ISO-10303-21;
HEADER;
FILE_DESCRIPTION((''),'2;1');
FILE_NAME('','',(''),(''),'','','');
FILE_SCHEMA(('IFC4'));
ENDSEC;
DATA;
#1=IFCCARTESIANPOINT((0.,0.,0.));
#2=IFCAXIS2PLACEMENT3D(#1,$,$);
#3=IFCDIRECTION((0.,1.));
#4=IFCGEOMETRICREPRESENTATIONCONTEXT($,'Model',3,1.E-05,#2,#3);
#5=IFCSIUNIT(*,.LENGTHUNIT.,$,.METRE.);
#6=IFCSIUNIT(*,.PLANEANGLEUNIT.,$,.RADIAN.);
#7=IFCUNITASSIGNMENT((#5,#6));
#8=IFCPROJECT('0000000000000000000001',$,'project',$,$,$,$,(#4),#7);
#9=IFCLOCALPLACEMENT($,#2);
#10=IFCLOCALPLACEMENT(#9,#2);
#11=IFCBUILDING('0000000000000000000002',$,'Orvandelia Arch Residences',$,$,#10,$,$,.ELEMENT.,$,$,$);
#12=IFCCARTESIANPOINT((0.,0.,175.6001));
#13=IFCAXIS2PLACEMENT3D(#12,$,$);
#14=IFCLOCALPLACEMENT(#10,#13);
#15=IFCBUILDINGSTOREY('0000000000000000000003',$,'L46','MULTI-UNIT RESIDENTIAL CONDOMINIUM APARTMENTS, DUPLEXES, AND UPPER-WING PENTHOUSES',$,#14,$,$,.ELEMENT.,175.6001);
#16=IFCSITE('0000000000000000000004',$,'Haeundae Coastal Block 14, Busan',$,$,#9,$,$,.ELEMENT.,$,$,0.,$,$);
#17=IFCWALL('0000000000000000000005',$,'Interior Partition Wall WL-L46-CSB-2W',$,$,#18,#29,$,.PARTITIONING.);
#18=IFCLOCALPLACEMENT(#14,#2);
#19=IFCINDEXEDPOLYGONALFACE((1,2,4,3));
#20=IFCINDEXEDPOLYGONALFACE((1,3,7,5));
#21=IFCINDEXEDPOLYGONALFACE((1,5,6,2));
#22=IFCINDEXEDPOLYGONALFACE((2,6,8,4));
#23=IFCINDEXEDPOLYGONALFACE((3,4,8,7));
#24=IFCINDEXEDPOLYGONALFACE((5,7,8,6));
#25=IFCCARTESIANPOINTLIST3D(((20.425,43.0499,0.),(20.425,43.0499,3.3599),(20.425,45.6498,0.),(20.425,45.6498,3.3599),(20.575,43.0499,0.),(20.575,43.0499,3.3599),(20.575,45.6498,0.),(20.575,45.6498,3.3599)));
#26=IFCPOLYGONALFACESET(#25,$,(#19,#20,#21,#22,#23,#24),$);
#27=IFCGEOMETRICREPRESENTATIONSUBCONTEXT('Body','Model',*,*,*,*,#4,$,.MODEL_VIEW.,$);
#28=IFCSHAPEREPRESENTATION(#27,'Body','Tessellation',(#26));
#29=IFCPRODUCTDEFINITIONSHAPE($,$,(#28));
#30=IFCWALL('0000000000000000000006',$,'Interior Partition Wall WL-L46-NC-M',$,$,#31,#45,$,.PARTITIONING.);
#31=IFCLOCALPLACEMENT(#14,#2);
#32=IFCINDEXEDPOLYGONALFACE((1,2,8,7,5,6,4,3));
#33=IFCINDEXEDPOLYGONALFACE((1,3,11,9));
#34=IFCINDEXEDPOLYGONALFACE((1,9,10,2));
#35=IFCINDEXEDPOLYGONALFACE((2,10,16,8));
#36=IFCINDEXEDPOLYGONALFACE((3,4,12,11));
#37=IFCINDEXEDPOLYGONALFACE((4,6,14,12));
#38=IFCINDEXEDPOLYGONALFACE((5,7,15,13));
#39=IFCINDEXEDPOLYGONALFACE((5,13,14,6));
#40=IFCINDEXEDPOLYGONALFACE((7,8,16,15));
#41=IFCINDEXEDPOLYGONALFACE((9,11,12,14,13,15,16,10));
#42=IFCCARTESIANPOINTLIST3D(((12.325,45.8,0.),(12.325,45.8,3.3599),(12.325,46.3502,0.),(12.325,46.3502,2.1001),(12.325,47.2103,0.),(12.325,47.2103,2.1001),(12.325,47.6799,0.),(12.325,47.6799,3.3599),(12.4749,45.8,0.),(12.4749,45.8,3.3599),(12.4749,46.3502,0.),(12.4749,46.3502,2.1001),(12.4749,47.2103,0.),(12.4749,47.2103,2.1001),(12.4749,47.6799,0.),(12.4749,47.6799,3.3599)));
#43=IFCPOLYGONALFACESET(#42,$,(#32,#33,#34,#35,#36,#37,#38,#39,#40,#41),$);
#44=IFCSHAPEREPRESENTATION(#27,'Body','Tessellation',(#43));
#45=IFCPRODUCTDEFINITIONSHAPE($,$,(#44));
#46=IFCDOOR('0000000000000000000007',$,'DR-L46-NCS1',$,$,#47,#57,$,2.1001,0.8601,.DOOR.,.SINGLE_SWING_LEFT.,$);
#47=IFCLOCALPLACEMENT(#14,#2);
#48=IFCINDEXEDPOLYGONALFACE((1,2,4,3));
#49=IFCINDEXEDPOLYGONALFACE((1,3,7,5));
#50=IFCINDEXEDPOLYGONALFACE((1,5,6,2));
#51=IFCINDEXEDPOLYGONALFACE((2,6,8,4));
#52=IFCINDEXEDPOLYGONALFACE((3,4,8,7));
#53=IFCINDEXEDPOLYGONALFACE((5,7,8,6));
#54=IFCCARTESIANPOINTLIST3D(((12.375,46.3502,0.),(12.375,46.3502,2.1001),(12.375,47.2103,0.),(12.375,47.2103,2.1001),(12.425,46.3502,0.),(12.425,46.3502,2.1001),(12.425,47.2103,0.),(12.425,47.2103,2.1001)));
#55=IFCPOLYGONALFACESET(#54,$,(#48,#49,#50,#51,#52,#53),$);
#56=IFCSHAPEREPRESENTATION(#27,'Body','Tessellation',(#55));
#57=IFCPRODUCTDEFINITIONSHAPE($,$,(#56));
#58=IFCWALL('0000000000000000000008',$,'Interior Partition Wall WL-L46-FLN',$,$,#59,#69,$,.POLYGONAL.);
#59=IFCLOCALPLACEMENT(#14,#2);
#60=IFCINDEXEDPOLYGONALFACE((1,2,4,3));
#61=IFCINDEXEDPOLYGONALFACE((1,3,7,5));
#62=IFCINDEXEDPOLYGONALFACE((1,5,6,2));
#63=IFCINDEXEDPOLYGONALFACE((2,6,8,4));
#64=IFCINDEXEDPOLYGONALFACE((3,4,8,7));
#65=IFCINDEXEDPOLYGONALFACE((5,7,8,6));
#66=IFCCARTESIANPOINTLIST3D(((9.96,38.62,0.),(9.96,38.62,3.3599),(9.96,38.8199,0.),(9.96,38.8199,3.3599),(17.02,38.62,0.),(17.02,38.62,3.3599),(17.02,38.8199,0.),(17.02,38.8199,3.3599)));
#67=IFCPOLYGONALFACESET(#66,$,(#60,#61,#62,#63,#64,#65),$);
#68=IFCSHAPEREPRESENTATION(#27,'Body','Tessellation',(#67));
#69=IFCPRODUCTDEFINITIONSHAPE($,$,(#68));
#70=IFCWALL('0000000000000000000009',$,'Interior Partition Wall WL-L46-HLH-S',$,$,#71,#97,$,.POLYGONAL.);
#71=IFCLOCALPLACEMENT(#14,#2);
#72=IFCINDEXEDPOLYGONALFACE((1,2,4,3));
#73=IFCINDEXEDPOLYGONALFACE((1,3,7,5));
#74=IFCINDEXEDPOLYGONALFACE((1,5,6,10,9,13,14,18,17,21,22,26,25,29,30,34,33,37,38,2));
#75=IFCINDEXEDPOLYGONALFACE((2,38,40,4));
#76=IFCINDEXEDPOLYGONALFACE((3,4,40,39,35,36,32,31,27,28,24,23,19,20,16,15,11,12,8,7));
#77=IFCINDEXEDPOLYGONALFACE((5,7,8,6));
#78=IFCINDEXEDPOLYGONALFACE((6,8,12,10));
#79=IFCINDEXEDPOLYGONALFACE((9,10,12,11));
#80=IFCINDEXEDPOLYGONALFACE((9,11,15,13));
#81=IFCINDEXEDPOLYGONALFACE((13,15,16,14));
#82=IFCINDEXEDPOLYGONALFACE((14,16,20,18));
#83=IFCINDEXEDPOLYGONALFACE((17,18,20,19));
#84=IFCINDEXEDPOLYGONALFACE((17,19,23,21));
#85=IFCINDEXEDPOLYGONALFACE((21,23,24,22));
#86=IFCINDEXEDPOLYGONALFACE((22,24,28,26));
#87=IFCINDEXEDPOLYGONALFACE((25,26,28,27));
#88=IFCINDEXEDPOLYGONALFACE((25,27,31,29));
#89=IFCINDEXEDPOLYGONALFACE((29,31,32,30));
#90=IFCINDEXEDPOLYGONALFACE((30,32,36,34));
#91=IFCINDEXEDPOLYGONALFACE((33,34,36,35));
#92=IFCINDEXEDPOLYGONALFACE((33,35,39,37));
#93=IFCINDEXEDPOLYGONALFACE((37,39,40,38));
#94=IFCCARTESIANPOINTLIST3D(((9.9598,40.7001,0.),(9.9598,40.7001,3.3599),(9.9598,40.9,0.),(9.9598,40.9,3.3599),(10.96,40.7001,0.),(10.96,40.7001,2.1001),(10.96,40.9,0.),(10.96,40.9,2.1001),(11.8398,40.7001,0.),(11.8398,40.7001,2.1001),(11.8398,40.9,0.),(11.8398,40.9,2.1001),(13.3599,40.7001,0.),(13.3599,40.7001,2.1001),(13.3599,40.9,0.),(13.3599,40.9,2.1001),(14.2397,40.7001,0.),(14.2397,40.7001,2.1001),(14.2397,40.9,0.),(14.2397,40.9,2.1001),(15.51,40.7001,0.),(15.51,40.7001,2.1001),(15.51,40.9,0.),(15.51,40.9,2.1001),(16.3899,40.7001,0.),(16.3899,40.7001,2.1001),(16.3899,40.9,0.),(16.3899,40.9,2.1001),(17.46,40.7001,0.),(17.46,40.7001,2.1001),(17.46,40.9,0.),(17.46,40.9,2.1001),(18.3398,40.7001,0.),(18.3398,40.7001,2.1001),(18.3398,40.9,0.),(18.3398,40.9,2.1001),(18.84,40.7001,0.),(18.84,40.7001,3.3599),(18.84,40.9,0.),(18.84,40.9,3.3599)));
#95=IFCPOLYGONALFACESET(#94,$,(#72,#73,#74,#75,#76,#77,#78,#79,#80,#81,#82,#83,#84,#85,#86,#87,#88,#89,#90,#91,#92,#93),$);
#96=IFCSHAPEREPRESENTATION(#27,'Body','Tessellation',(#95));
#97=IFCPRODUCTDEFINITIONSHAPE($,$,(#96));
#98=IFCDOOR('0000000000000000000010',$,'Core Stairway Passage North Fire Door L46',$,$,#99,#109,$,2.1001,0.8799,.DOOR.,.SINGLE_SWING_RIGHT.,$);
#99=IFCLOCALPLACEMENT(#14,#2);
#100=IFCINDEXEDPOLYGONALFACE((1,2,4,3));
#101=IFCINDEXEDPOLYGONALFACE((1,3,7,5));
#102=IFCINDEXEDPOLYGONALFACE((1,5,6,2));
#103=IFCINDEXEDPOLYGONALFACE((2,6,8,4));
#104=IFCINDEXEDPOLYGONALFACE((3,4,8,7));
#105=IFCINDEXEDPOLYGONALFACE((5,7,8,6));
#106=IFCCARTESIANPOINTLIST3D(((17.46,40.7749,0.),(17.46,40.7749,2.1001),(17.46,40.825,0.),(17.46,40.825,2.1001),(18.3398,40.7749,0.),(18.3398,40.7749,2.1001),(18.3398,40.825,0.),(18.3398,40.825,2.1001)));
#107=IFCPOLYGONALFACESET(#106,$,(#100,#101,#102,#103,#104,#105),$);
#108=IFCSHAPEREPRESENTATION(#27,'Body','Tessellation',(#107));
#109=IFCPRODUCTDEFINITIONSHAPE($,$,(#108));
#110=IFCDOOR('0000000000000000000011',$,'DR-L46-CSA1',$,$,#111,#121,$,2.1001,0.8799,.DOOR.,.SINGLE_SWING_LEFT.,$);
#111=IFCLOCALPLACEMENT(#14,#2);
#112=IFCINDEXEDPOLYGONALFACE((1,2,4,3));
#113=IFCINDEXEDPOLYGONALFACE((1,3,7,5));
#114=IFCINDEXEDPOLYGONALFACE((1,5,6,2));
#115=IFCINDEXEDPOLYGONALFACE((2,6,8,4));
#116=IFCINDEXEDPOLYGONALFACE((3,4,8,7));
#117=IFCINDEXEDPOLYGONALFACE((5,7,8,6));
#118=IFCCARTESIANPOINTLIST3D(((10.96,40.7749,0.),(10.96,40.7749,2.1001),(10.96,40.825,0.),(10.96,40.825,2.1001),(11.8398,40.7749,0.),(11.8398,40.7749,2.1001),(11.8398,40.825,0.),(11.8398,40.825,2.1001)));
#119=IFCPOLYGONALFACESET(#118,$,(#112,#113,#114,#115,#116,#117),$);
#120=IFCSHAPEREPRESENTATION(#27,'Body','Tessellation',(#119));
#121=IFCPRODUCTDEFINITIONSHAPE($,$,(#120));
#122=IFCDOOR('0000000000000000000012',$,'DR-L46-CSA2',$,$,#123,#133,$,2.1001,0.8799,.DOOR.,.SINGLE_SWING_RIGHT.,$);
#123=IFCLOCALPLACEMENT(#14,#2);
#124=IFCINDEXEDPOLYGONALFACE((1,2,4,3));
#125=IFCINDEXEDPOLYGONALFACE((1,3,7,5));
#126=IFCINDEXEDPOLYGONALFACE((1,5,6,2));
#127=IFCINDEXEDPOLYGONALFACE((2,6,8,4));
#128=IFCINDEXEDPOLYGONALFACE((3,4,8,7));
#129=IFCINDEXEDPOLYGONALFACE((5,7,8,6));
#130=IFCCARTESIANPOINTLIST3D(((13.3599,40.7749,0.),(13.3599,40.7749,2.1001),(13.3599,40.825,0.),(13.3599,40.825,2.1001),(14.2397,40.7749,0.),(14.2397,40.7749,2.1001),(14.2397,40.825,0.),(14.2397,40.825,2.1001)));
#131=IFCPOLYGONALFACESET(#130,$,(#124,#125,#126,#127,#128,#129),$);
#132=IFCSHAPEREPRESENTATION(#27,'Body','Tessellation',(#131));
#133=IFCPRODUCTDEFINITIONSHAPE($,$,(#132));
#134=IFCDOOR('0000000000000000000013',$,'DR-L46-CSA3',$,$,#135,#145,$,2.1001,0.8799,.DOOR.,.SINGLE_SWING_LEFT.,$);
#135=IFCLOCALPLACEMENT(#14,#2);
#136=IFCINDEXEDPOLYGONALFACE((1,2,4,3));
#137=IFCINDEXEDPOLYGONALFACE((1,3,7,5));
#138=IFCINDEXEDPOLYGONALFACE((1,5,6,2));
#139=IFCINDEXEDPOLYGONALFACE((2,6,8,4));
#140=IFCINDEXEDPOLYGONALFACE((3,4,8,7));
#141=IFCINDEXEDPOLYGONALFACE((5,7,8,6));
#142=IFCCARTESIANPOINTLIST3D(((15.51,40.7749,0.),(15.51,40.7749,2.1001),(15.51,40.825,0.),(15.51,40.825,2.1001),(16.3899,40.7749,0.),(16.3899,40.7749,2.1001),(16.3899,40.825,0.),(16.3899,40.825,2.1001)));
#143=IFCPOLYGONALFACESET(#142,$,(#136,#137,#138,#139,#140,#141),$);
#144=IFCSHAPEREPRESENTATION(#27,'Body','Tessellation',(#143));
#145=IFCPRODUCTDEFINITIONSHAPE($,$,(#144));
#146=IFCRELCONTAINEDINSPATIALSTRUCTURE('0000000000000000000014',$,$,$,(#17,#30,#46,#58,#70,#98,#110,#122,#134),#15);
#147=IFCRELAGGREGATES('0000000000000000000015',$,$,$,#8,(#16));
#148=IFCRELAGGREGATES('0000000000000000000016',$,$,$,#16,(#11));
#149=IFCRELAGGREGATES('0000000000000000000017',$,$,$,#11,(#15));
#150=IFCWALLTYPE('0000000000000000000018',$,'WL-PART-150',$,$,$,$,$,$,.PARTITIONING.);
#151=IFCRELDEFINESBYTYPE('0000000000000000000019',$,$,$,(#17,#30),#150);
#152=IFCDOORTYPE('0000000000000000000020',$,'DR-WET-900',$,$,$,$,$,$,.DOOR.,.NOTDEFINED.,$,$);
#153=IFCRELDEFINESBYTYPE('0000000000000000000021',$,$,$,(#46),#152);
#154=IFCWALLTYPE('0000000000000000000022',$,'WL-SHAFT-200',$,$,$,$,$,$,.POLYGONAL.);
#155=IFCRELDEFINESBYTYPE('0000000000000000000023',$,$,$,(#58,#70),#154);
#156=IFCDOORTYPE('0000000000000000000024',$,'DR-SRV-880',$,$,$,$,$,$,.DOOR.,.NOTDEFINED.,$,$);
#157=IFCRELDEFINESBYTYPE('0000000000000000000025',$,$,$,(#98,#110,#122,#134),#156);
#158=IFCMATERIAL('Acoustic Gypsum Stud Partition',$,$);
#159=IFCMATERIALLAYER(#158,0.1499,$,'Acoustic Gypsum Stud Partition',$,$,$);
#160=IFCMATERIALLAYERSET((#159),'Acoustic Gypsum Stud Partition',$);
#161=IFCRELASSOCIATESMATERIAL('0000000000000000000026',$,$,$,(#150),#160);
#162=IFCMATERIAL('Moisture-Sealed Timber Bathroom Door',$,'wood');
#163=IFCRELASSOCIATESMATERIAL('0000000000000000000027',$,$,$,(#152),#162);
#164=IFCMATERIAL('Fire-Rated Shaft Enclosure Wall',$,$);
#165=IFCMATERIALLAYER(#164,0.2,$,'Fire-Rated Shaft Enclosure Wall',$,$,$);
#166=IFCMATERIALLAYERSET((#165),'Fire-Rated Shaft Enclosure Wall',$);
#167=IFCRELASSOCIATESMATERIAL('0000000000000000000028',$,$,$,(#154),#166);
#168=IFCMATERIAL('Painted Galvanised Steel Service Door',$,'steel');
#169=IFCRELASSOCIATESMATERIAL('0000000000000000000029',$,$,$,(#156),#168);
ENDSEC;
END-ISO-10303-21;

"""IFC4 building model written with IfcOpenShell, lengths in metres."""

from ifc_helpers import new_model, si_unit, direction, frame, frame_2d, origin, place, context, subcontext, project, spatial, rectangle, extrude, material, layer, layer_set, type_object, element, fill, save


model = new_model("IFC4")

# Units and contexts
model_context = context("Model", 3, precision=1e-05, world=origin(), true_north=direction((0.0, 1.0)))
body_context = subcontext(model_context, "Body", "Model", "MODEL_VIEW")
ifc_project = project(units=[si_unit("LENGTHUNIT", "METRE"), si_unit("PLANEANGLEUNIT", "RADIAN")], contexts=[model_context])

# Site, building, storey
site_placement = place(None, origin())
site = spatial("IfcSite", under=ifc_project, at=site_placement, Name="Haeundae Coastal Block 14, Busan", CompositionType="ELEMENT", RefElevation=0.0)
building_placement = place(site_placement, origin())
building = spatial("IfcBuilding", under=site, at=building_placement, Name="Orvandelia Arch Residences", CompositionType="ELEMENT")
storey_placement = place(building_placement, frame((0.0, 0.0, 175.6001)))
storey = spatial("IfcBuildingStorey", under=building, at=storey_placement, Name="L46", Description="MULTI-UNIT RESIDENTIAL CONDOMINIUM APARTMENTS, DUPLEXES, AND UPPER-WING PENTHOUSES", CompositionType="ELEMENT", Elevation=175.6001)

# Wall
ifc_material_1 = material(Name="Acoustic Gypsum Stud Partition")
ifc_layer_1 = layer(ifc_material_1, 0.1499, Name="Acoustic Gypsum Stud Partition")
ifc_layer_set_1 = layer_set([ifc_layer_1], Name="Acoustic Gypsum Stud Partition")
wall_type_1 = type_object("IfcWallType", Name="WL-PART-150", PredefinedType="PARTITIONING", material=ifc_layer_set_1)
wall_1_placement = place(storey_placement, frame((20.5, 43.05, 0.0), z_axis=(0.0, 0.0, 1.0), x_axis=(0.0, 1.0, 0.0)))
element("IfcWall", 1, at=wall_1_placement, inside=storey, type_object=wall_type_1, Name="Interior Partition Wall WL-L46-CSB-2W", PredefinedType="PARTITIONING", context=body_context, shape_type="SweptSolid", body=[
    extrude(rectangle(XDim=2.5999, YDim=0.1499, at=frame_2d((1.2998, 0.0))), origin(), (0.0, 0.0, 1.0), 3.3599),
])

# Wall, opening, door
wall_2_placement = place(storey_placement, frame((12.3999, 45.8, 0.0), z_axis=(0.0, 0.0, 1.0), x_axis=(0.0, 1.0, 0.0)))
wall_2 = element("IfcWall", 2, at=wall_2_placement, inside=storey, type_object=wall_type_1, Name="Interior Partition Wall WL-L46-NC-M", PredefinedType="PARTITIONING", context=body_context, shape_type="SweptSolid", body=[
    extrude(rectangle(XDim=1.8799, YDim=0.1499, at=frame_2d((0.9399, 0.0))), origin(), (0.0, 0.0, 1.0), 3.3599),
])
opening_1_placement = place(wall_2_placement, frame((0.55, 0.0, 0.0)))
opening_1 = element("IfcOpeningElement", 3, at=opening_1_placement, cuts=wall_2, PredefinedType="OPENING", context=body_context, shape_type="SweptSolid", body=[
    extrude(rectangle(XDim=0.8601, YDim=2.1001, at=frame_2d((0.4302, 1.05))), frame((0.0, 0.085, 0.0), z_axis=(0.0, -1.0, 0.0), x_axis=(1.0, 0.0, 0.0)), (0.0, 0.0, 1.0), 0.1699),
])
ifc_material_2 = material(Name="Moisture-Sealed Timber Bathroom Door", Category="wood")
door_type_1 = type_object("IfcDoorType", Name="DR-WET-900", OperationType="NOTDEFINED", PredefinedType="DOOR", material=ifc_material_2)
door_1_placement = place(opening_1_placement, origin())
door_1 = element("IfcDoor", 4, at=door_1_placement, inside=storey, type_object=door_type_1, Name="DR-L46-NCS1", OperationType="SINGLE_SWING_LEFT", OverallHeight=2.1001, OverallWidth=0.8601, PredefinedType="DOOR", context=body_context, shape_type="SweptSolid", body=[
    extrude(rectangle(XDim=0.8601, YDim=2.1001, at=frame_2d((0.4302, 1.05))), frame((0.0, 0.0249, 0.0), z_axis=(0.0, -1.0, 0.0), x_axis=(1.0, 0.0, 0.0)), (0.0, 0.0, 1.0), 0.05),
])
fill(opening_1, door_1)

# Wall
ifc_material_3 = material(Name="Fire-Rated Shaft Enclosure Wall")
ifc_layer_2 = layer(ifc_material_3, 0.2, Name="Fire-Rated Shaft Enclosure Wall")
ifc_layer_set_2 = layer_set([ifc_layer_2], Name="Fire-Rated Shaft Enclosure Wall")
wall_type_2 = type_object("IfcWallType", Name="WL-SHAFT-200", PredefinedType="POLYGONAL", material=ifc_layer_set_2)
wall_3_placement = place(storey_placement, frame((9.96, 38.72, 0.0), z_axis=(0.0, 0.0, 1.0), x_axis=(1.0, 0.0, 0.0)))
element("IfcWall", 5, at=wall_3_placement, inside=storey, type_object=wall_type_2, Name="Interior Partition Wall WL-L46-FLN", PredefinedType="POLYGONAL", context=body_context, shape_type="SweptSolid", body=[
    extrude(rectangle(XDim=7.0601, YDim=0.2, at=frame_2d((3.53, 0.0))), origin(), (0.0, 0.0, 1.0), 3.3599),
])

# Wall, openings, doors
wall_4_placement = place(storey_placement, frame((9.96, 40.8, 0.0), z_axis=(0.0, 0.0, 1.0), x_axis=(1.0, 0.0, 0.0)))
wall_4 = element("IfcWall", 6, at=wall_4_placement, inside=storey, type_object=wall_type_2, Name="Interior Partition Wall WL-L46-HLH-S", PredefinedType="POLYGONAL", context=body_context, shape_type="SweptSolid", body=[
    extrude(rectangle(XDim=8.8801, YDim=0.2, at=frame_2d((4.4399, 0.0))), origin(), (0.0, 0.0, 1.0), 3.3599),
])
opening_2_placement = place(wall_4_placement, frame((7.5, 0.0, 0.0)))
opening_2 = element("IfcOpeningElement", 7, at=opening_2_placement, cuts=wall_4, PredefinedType="OPENING", context=body_context, shape_type="SweptSolid", body=[
    extrude(rectangle(XDim=0.8799, YDim=2.1001, at=frame_2d((0.4399, 1.05))), frame((0.0, 0.1099, 0.0), z_axis=(0.0, -1.0, 0.0), x_axis=(1.0, 0.0, 0.0)), (0.0, 0.0, 1.0), 0.22),
])
opening_3_placement = place(wall_4_placement, frame((1.0, 0.0, 0.0)))
opening_3 = element("IfcOpeningElement", 8, at=opening_3_placement, cuts=wall_4, PredefinedType="OPENING", context=body_context, shape_type="SweptSolid", body=[
    extrude(rectangle(XDim=0.8799, YDim=2.1001, at=frame_2d((0.4399, 1.05))), frame((0.0, 0.1099, 0.0), z_axis=(0.0, -1.0, 0.0), x_axis=(1.0, 0.0, 0.0)), (0.0, 0.0, 1.0), 0.22),
])
opening_4_placement = place(wall_4_placement, frame((3.3999, 0.0, 0.0)))
opening_4 = element("IfcOpeningElement", 9, at=opening_4_placement, cuts=wall_4, PredefinedType="OPENING", context=body_context, shape_type="SweptSolid", body=[
    extrude(rectangle(XDim=0.8799, YDim=2.1001, at=frame_2d((0.4399, 1.05))), frame((0.0, 0.1099, 0.0), z_axis=(0.0, -1.0, 0.0), x_axis=(1.0, 0.0, 0.0)), (0.0, 0.0, 1.0), 0.22),
])
opening_5_placement = place(wall_4_placement, frame((5.55, 0.0, 0.0)))
opening_5 = element("IfcOpeningElement", 10, at=opening_5_placement, cuts=wall_4, PredefinedType="OPENING", context=body_context, shape_type="SweptSolid", body=[
    extrude(rectangle(XDim=0.8799, YDim=2.1001, at=frame_2d((0.4399, 1.05))), frame((0.0, 0.1099, 0.0), z_axis=(0.0, -1.0, 0.0), x_axis=(1.0, 0.0, 0.0)), (0.0, 0.0, 1.0), 0.22),
])
ifc_material_4 = material(Name="Painted Galvanised Steel Service Door", Category="steel")
door_type_2 = type_object("IfcDoorType", Name="DR-SRV-880", OperationType="NOTDEFINED", PredefinedType="DOOR", material=ifc_material_4)
door_2_placement = place(opening_2_placement, origin())
door_2 = element("IfcDoor", 11, at=door_2_placement, inside=storey, type_object=door_type_2, Name="Core Stairway Passage North Fire Door L46", OperationType="SINGLE_SWING_RIGHT", OverallHeight=2.1001, OverallWidth=0.8799, PredefinedType="DOOR", context=body_context, shape_type="SweptSolid", body=[
    extrude(rectangle(XDim=0.8799, YDim=2.1001, at=frame_2d((0.4399, 1.05))), frame((0.0, 0.0249, 0.0), z_axis=(0.0, -1.0, 0.0), x_axis=(1.0, 0.0, 0.0)), (0.0, 0.0, 1.0), 0.05),
])
fill(opening_2, door_2)
door_3_placement = place(opening_3_placement, origin())
door_3 = element("IfcDoor", 12, at=door_3_placement, inside=storey, type_object=door_type_2, Name="DR-L46-CSA1", OperationType="SINGLE_SWING_LEFT", OverallHeight=2.1001, OverallWidth=0.8799, PredefinedType="DOOR", context=body_context, shape_type="SweptSolid", body=[
    extrude(rectangle(XDim=0.8799, YDim=2.1001, at=frame_2d((0.4399, 1.05))), frame((0.0, 0.0249, 0.0), z_axis=(0.0, -1.0, 0.0), x_axis=(1.0, 0.0, 0.0)), (0.0, 0.0, 1.0), 0.05),
])
fill(opening_3, door_3)
door_4_placement = place(opening_4_placement, origin())
door_4 = element("IfcDoor", 13, at=door_4_placement, inside=storey, type_object=door_type_2, Name="DR-L46-CSA2", OperationType="SINGLE_SWING_RIGHT", OverallHeight=2.1001, OverallWidth=0.8799, PredefinedType="DOOR", context=body_context, shape_type="SweptSolid", body=[
    extrude(rectangle(XDim=0.8799, YDim=2.1001, at=frame_2d((0.4399, 1.05))), frame((0.0, 0.0249, 0.0), z_axis=(0.0, -1.0, 0.0), x_axis=(1.0, 0.0, 0.0)), (0.0, 0.0, 1.0), 0.05),
])
fill(opening_4, door_4)
door_5_placement = place(opening_5_placement, origin())
door_5 = element("IfcDoor", 14, at=door_5_placement, inside=storey, type_object=door_type_2, Name="DR-L46-CSA3", OperationType="SINGLE_SWING_LEFT", OverallHeight=2.1001, OverallWidth=0.8799, PredefinedType="DOOR", context=body_context, shape_type="SweptSolid", body=[
    extrude(rectangle(XDim=0.8799, YDim=2.1001, at=frame_2d((0.4399, 1.05))), frame((0.0, 0.0249, 0.0), z_axis=(0.0, -1.0, 0.0), x_axis=(1.0, 0.0, 0.0)), (0.0, 0.0, 1.0), 0.05),
])
fill(opening_5, door_5)

save(model, "model.ifc")
